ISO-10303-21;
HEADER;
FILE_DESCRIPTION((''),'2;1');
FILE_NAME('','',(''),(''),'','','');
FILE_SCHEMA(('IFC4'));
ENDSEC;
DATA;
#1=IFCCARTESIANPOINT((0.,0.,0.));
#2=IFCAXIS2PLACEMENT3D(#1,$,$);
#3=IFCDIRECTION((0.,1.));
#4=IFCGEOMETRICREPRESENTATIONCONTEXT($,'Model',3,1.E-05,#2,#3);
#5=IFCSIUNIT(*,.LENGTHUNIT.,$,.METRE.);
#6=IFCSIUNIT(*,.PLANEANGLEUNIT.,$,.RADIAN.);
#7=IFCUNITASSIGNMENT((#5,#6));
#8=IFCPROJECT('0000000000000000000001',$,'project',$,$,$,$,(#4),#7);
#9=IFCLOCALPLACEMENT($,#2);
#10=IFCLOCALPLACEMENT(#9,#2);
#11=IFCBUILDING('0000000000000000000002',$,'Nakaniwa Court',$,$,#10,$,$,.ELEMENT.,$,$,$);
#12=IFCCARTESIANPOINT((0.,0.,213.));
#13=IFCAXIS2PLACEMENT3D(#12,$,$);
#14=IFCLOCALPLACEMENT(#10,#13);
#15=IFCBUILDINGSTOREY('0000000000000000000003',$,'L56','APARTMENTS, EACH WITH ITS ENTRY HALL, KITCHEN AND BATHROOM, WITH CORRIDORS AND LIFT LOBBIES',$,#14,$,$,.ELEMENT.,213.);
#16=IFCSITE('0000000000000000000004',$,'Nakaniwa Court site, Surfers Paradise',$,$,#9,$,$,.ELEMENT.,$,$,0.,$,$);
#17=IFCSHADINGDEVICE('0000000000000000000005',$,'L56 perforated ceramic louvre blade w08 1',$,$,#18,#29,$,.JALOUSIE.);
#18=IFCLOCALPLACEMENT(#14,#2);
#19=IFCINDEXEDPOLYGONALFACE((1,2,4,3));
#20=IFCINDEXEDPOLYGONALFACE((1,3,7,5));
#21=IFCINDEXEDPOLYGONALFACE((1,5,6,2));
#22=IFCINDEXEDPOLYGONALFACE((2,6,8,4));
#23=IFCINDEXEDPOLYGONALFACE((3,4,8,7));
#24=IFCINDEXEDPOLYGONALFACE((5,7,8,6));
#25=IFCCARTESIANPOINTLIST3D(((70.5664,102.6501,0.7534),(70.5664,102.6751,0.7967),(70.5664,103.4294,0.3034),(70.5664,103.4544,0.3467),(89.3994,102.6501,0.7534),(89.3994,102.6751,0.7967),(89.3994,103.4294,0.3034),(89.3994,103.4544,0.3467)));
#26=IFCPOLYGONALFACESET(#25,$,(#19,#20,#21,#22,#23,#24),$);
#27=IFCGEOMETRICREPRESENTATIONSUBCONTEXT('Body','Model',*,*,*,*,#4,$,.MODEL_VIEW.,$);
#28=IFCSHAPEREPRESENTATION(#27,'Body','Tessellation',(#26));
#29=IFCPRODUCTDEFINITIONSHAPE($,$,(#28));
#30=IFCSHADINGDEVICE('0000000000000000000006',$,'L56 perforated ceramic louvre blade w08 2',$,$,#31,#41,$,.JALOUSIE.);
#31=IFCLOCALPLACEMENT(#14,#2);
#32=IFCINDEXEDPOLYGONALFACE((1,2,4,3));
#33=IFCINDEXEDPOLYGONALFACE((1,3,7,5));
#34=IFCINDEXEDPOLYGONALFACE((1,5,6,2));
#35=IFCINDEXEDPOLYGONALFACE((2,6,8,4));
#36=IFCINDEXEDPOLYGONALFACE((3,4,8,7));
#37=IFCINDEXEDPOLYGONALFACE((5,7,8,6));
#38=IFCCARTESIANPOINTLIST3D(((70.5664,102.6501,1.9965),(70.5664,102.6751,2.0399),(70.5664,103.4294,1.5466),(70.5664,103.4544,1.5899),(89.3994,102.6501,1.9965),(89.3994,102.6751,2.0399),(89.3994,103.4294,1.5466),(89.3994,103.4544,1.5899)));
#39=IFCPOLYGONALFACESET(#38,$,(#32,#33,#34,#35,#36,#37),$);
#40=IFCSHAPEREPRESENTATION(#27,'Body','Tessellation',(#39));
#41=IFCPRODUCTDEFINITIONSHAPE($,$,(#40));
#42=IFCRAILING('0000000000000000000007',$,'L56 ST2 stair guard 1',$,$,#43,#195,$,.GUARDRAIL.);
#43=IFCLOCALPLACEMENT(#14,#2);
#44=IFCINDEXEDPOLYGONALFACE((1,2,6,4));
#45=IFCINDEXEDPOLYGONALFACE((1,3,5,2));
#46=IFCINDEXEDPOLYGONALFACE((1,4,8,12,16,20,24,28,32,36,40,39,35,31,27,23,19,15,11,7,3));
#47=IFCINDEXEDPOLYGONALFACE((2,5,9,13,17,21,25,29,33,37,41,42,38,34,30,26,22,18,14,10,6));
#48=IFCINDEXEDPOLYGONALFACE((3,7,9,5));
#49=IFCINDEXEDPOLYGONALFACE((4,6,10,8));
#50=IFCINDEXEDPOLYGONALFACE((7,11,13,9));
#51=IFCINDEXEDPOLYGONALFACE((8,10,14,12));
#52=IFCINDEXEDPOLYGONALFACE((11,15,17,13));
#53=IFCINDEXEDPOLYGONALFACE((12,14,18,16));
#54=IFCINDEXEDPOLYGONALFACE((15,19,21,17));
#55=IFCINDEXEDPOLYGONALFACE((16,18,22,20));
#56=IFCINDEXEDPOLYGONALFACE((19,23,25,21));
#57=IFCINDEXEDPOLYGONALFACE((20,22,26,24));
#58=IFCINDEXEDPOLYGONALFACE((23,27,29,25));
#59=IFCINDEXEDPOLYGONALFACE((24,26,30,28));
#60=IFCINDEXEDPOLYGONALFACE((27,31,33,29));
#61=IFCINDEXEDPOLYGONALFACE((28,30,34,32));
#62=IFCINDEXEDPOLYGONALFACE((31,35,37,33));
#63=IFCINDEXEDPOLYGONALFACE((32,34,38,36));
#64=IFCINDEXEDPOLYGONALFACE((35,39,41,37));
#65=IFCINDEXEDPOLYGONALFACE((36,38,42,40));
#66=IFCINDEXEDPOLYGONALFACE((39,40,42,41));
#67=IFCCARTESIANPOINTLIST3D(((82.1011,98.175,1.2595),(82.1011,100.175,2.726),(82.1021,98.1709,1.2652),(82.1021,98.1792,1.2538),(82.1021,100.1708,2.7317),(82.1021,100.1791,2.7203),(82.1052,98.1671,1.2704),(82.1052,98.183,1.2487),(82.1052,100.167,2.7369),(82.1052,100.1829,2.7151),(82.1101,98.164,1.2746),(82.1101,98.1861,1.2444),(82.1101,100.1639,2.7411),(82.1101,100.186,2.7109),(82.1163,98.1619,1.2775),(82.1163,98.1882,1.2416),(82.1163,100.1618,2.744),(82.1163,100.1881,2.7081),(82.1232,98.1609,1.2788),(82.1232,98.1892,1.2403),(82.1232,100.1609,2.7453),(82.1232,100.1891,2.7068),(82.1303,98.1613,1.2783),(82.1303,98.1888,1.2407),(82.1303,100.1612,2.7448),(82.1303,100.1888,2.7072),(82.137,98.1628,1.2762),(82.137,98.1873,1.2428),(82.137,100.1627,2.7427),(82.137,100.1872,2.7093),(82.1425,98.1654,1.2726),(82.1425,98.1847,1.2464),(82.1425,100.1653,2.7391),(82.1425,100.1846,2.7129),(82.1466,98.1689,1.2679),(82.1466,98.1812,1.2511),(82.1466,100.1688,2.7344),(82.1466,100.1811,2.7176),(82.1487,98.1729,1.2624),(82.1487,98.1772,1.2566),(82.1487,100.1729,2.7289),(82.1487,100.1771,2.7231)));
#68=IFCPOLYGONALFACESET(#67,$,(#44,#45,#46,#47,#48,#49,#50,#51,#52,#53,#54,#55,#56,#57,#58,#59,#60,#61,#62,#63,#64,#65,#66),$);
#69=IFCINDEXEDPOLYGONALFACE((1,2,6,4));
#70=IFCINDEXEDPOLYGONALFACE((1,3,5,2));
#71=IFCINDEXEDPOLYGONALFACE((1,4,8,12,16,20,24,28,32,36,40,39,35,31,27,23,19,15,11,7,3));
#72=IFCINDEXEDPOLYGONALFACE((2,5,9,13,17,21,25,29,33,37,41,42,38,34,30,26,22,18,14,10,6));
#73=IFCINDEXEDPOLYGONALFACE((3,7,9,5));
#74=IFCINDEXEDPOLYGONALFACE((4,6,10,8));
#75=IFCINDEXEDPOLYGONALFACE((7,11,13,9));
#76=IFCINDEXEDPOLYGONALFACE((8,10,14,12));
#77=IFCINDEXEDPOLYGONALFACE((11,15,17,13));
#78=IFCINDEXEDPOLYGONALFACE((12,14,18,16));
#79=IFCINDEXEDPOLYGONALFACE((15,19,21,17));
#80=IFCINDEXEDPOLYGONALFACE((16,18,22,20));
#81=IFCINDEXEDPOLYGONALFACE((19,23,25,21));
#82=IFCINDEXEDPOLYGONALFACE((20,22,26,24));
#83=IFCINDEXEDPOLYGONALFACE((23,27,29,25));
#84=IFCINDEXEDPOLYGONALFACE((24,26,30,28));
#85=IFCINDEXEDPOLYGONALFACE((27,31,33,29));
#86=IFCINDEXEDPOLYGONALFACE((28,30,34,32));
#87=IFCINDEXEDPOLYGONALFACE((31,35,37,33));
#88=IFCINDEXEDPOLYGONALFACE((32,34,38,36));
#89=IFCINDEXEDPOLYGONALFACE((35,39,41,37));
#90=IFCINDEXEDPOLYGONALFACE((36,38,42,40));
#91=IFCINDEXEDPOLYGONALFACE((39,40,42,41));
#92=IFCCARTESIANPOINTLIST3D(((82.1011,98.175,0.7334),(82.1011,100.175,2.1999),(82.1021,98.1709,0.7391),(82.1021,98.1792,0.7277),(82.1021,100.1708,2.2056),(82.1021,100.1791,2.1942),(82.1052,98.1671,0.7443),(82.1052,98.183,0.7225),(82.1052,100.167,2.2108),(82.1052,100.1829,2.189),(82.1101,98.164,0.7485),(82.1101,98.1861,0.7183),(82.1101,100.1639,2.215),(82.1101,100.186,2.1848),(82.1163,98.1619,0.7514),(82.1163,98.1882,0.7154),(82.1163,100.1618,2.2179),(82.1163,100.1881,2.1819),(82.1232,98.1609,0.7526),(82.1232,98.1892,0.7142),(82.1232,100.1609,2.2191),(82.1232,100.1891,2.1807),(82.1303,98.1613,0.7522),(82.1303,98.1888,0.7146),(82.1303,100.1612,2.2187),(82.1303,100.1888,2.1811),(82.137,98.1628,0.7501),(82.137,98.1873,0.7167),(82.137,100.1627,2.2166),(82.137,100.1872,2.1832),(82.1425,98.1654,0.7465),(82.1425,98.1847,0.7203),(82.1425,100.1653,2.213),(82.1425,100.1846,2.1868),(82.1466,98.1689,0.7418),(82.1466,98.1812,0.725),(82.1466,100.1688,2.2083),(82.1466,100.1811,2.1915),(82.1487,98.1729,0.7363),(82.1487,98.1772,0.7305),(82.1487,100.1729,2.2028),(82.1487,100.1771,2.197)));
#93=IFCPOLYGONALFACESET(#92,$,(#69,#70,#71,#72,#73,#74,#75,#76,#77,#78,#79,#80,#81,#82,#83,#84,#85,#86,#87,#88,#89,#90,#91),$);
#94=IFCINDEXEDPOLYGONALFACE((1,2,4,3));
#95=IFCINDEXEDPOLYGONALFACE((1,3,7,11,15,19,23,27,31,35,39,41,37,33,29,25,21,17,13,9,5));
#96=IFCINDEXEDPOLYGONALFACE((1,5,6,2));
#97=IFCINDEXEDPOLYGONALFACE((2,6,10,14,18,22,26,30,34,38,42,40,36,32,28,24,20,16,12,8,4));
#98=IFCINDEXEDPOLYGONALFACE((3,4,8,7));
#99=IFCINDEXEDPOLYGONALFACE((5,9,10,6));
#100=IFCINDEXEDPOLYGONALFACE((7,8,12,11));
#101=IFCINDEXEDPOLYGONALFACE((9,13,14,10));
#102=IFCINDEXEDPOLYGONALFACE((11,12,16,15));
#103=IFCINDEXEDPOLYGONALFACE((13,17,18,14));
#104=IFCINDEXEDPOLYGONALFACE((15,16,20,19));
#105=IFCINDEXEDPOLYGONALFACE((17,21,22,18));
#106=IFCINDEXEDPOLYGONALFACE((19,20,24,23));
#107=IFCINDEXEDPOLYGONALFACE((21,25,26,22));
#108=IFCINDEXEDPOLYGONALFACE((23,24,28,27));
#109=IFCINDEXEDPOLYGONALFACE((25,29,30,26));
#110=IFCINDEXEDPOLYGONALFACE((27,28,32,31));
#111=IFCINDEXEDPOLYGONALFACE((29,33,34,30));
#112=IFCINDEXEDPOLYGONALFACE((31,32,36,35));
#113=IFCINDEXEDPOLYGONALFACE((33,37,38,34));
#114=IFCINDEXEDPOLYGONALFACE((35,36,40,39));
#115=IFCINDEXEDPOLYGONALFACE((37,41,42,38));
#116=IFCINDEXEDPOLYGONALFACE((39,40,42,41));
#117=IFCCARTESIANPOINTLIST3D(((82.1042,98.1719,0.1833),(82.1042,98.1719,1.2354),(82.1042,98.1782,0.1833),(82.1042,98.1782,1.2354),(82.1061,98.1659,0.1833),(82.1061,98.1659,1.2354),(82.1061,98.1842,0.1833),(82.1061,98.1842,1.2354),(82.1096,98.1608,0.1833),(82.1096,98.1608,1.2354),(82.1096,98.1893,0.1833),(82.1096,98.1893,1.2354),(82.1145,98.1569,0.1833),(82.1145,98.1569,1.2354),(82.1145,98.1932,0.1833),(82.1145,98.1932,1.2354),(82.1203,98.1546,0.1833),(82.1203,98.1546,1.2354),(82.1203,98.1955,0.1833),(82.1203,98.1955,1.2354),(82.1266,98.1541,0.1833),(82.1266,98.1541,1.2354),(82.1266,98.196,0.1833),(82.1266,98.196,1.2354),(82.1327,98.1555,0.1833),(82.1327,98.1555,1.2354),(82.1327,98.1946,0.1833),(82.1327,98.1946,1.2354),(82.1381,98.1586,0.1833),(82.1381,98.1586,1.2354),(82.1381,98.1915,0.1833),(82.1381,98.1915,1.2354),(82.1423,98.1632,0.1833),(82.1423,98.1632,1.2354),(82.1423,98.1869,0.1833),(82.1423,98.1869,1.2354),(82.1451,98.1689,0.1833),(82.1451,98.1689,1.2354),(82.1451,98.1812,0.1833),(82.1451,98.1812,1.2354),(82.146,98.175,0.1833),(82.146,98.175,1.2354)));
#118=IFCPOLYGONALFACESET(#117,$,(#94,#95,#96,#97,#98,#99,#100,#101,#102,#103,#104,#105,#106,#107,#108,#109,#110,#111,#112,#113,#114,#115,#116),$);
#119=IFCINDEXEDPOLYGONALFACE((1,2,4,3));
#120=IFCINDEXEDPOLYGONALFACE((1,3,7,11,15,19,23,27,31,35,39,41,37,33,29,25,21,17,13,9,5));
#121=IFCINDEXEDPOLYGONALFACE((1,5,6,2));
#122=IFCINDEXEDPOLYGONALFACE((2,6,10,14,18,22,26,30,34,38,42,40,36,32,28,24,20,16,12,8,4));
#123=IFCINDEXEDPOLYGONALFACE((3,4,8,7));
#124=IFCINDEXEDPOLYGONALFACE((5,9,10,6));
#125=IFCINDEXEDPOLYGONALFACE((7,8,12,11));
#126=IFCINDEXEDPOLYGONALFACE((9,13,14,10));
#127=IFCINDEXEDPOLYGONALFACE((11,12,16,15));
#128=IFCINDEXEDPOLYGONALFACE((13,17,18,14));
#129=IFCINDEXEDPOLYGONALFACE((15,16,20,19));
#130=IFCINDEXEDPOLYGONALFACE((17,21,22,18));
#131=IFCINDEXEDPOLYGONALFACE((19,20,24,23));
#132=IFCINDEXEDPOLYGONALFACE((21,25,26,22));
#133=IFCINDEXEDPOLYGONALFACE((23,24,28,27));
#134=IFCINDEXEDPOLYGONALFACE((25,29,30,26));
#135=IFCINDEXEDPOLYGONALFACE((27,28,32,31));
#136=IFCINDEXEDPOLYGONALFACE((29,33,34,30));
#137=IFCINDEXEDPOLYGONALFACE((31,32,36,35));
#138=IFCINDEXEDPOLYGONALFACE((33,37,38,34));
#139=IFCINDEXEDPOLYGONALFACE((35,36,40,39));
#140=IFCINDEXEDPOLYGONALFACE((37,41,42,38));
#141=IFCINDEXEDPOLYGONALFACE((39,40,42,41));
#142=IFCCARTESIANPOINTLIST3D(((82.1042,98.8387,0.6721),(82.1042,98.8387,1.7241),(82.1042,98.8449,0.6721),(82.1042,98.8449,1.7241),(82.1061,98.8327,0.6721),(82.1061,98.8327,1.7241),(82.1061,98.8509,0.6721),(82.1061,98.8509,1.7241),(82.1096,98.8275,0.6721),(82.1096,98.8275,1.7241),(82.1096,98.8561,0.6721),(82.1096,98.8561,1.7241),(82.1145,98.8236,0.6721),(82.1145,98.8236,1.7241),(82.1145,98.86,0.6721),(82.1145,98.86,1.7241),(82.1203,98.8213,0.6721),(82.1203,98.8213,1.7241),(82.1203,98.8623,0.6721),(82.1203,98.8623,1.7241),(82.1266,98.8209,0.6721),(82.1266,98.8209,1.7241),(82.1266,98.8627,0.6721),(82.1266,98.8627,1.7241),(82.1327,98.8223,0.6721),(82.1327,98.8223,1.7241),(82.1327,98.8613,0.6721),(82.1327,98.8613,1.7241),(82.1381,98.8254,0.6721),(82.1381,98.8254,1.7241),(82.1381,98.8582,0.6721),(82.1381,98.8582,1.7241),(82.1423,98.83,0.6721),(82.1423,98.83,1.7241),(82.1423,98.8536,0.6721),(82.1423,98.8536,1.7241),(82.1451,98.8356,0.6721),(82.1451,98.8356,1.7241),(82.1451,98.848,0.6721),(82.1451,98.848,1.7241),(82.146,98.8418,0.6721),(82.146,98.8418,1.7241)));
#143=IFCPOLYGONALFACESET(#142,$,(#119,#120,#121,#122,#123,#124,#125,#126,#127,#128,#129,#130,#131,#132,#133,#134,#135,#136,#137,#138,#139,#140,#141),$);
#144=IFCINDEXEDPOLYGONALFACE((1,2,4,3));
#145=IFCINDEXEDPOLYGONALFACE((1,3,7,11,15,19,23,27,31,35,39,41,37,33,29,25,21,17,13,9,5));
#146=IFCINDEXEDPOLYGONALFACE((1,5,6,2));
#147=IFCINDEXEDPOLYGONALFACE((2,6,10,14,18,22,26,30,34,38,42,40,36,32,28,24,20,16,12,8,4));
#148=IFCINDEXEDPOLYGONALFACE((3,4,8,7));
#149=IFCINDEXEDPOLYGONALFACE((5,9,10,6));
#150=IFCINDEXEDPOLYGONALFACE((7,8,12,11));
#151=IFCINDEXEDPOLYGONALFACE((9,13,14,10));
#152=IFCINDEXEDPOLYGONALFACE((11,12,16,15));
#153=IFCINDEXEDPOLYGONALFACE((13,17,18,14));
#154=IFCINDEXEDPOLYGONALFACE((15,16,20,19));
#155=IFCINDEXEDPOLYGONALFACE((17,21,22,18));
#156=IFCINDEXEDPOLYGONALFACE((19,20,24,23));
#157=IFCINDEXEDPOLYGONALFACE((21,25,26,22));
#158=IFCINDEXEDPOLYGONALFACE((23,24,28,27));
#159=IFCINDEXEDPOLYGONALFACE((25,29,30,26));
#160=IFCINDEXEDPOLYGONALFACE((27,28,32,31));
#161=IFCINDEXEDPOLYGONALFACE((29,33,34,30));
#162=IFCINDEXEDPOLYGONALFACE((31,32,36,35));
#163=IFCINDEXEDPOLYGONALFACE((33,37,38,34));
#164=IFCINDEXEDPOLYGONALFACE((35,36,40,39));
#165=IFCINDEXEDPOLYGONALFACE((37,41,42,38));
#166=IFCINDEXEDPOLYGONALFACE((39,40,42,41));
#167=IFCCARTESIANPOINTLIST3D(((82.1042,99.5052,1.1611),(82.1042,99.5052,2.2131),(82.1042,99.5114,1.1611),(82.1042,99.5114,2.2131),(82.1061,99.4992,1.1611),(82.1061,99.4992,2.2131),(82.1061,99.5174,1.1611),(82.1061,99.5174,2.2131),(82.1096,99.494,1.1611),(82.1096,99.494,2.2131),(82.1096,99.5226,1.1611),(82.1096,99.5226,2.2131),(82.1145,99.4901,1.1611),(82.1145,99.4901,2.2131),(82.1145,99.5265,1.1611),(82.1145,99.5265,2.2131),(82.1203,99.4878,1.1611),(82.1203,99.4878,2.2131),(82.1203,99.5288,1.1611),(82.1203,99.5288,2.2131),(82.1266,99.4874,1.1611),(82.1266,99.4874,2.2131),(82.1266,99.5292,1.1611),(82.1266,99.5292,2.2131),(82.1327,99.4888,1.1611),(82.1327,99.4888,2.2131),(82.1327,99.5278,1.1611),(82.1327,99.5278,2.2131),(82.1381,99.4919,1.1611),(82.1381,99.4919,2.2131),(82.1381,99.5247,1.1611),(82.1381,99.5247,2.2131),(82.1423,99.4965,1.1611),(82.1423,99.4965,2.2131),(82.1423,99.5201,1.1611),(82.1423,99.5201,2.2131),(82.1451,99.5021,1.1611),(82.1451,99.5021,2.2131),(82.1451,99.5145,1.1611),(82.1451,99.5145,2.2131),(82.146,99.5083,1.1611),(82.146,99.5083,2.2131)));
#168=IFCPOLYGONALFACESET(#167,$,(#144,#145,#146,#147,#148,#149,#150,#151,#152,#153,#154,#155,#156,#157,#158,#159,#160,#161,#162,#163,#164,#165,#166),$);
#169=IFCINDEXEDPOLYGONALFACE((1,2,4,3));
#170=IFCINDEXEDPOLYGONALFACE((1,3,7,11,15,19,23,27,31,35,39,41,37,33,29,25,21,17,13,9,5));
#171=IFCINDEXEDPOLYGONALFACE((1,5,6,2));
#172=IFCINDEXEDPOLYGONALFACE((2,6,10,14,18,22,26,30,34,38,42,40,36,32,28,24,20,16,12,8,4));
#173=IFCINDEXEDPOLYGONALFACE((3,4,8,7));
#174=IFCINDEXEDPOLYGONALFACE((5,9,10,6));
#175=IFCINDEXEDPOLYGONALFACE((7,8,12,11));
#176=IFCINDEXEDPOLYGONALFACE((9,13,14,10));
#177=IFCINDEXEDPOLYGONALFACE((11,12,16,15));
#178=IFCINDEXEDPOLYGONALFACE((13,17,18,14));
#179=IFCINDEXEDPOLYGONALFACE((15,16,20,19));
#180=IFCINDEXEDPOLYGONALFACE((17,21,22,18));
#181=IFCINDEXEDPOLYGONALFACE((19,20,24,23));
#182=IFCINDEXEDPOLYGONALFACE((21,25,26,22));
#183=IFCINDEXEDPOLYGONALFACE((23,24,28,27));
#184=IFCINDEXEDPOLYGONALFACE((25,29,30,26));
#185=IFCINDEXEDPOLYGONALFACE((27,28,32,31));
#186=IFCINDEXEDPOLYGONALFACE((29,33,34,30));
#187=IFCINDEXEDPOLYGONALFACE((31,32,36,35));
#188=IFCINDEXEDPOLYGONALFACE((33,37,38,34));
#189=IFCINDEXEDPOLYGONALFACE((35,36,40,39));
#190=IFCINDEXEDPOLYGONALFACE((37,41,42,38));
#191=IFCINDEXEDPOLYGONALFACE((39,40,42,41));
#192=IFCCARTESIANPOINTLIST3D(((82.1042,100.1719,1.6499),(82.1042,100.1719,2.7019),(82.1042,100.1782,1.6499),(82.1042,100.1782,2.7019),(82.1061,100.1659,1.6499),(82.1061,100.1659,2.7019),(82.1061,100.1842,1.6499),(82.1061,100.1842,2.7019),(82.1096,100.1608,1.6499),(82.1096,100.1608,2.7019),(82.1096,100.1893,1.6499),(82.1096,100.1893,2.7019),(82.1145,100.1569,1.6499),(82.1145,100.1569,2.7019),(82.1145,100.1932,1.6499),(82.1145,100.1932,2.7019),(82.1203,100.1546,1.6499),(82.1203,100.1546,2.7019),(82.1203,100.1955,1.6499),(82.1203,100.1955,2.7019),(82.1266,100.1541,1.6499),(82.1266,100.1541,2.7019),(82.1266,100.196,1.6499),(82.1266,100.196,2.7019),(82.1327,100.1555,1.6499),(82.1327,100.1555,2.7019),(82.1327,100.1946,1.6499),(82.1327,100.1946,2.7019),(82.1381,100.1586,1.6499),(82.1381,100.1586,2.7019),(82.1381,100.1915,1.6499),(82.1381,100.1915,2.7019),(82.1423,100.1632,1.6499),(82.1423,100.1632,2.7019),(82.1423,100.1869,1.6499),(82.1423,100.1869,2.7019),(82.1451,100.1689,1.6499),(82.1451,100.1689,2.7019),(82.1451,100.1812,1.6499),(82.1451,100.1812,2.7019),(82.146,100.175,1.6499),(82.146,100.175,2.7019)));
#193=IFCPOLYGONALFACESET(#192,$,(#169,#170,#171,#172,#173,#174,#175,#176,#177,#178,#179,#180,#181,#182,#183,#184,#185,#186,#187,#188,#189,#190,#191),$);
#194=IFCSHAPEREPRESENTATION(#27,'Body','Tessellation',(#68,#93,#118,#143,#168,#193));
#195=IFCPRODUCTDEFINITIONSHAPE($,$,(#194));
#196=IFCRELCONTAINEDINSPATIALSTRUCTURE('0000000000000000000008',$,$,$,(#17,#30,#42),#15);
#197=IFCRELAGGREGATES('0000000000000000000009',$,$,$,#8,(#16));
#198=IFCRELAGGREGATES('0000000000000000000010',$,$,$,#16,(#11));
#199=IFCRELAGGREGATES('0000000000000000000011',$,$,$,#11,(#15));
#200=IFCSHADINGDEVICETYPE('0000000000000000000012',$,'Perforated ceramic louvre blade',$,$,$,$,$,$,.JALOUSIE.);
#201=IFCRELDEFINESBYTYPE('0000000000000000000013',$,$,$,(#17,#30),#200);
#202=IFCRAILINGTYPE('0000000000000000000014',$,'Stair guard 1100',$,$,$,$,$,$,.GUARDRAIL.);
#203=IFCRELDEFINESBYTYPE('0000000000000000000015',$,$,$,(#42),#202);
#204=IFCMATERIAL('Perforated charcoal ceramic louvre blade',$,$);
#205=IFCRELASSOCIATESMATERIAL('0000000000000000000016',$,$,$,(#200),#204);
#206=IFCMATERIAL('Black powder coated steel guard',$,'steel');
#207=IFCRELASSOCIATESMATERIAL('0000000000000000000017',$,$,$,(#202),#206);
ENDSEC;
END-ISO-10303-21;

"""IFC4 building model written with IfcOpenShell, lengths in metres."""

from ifc_helpers import new_model, si_unit, direction, frame, origin, origin_2d, place, context, subcontext, project, spatial, rectangle, circle, extrude, material, material_profile, profile_set, type_object, element, save


model = new_model("IFC4")

# Units and contexts
model_context = context("Model", 3, precision=1e-05, world=origin(), true_north=direction((0.0, 1.0)))
body_context = subcontext(model_context, "Body", "Model", "MODEL_VIEW")
ifc_project = project(units=[si_unit("LENGTHUNIT", "METRE"), si_unit("PLANEANGLEUNIT", "RADIAN")], contexts=[model_context])

# Site, building, storey
site_placement = place(None, origin())
site = spatial("IfcSite", under=ifc_project, at=site_placement, Name="Nakaniwa Court site, Surfers Paradise", CompositionType="ELEMENT", RefElevation=0.0)
building_placement = place(site_placement, origin())
building = spatial("IfcBuilding", under=site, at=building_placement, Name="Nakaniwa Court", CompositionType="ELEMENT")
storey_placement = place(building_placement, frame((0.0, 0.0, 213.0)))
storey = spatial("IfcBuildingStorey", under=building, at=storey_placement, Name="L56", Description="APARTMENTS, EACH WITH ITS ENTRY HALL, KITCHEN AND BATHROOM, WITH CORRIDORS AND LIFT LOBBIES", CompositionType="ELEMENT", Elevation=213.0)

# Shading devices
ifc_material_1 = material(Name="Perforated charcoal ceramic louvre blade")
ifc_material_profile = material_profile(ifc_material_1, rectangle(XDim=0.8999, YDim=0.05, at=origin_2d()), Name="Perforated ceramic louvre blade")
ifc_profile_set = profile_set([ifc_material_profile], Name="Perforated charcoal ceramic louvre blade")
shading_device_type = type_object("IfcShadingDeviceType", Name="Perforated ceramic louvre blade", PredefinedType="JALOUSIE", material=ifc_profile_set)
for number, where, z_axis, x_axis, name in (
    (1, (89.3994, 103.0522, 0.55), (-1.0, 0.0, 0.0), (0.0, -0.866025, 0.5), "L56 perforated ceramic louvre blade w08 1"),
    (2, (89.3994, 103.0522, 1.7932), (-1.0, 0.0, 0.0), (0.0, -0.866025, 0.5), "L56 perforated ceramic louvre blade w08 2"),
):
    element("IfcShadingDevice", number, at=place(storey_placement, frame(where, z_axis=z_axis, x_axis=x_axis)), inside=storey, type_object=shading_device_type, Name=name, PredefinedType="JALOUSIE", context=body_context, shape_type="SweptSolid", body=[
        extrude(rectangle(XDim=0.8999, YDim=0.05, at=origin_2d()), origin(), (0.0, 0.0, 1.0), 18.833),
    ])

# Railing
ifc_material_2 = material(Name="Black powder coated steel guard", Category="steel")
railing_type_1 = type_object("IfcRailingType", Name="Stair guard 1100", PredefinedType="GUARDRAIL", material=ifc_material_2)
railing_1_placement = place(storey_placement, frame((82.125, 98.175, 0.1833)))
element("IfcRailing", 3, at=railing_1_placement, inside=storey, type_object=railing_type_1, Name="L56 ST2 stair guard 1", PredefinedType="GUARDRAIL", context=body_context, shape_type="SweptSolid", body=[
    extrude(circle(Radius=0.0239, at=origin_2d()), frame((0.0, 0.0, 1.0762), z_axis=(0.0, 0.806427, 0.591334), x_axis=(-1.0, 0.0, 0.0)), (0.0, 0.0, 1.0), 2.48),
    extrude(circle(Radius=0.0239, at=origin_2d()), frame((0.0, 0.0, 0.55), z_axis=(0.0, 0.806427, 0.591334), x_axis=(-1.0, 0.0, 0.0)), (0.0, 0.0, 1.0), 2.48),
    extrude(circle(Radius=0.021, at=origin_2d()), origin(), (0.0, 0.0, 1.0), 1.052),
    extrude(circle(Radius=0.021, at=origin_2d()), frame((0.0, 0.6667, 0.4888)), (0.0, 0.0, 1.0), 1.052),
    extrude(circle(Radius=0.021, at=origin_2d()), frame((0.0, 1.3333, 0.9778)), (0.0, 0.0, 1.0), 1.052),
    extrude(circle(Radius=0.021, at=origin_2d()), frame((0.0, 2.0, 1.4666)), (0.0, 0.0, 1.0), 1.052),
])

save(model, "model.ifc")
